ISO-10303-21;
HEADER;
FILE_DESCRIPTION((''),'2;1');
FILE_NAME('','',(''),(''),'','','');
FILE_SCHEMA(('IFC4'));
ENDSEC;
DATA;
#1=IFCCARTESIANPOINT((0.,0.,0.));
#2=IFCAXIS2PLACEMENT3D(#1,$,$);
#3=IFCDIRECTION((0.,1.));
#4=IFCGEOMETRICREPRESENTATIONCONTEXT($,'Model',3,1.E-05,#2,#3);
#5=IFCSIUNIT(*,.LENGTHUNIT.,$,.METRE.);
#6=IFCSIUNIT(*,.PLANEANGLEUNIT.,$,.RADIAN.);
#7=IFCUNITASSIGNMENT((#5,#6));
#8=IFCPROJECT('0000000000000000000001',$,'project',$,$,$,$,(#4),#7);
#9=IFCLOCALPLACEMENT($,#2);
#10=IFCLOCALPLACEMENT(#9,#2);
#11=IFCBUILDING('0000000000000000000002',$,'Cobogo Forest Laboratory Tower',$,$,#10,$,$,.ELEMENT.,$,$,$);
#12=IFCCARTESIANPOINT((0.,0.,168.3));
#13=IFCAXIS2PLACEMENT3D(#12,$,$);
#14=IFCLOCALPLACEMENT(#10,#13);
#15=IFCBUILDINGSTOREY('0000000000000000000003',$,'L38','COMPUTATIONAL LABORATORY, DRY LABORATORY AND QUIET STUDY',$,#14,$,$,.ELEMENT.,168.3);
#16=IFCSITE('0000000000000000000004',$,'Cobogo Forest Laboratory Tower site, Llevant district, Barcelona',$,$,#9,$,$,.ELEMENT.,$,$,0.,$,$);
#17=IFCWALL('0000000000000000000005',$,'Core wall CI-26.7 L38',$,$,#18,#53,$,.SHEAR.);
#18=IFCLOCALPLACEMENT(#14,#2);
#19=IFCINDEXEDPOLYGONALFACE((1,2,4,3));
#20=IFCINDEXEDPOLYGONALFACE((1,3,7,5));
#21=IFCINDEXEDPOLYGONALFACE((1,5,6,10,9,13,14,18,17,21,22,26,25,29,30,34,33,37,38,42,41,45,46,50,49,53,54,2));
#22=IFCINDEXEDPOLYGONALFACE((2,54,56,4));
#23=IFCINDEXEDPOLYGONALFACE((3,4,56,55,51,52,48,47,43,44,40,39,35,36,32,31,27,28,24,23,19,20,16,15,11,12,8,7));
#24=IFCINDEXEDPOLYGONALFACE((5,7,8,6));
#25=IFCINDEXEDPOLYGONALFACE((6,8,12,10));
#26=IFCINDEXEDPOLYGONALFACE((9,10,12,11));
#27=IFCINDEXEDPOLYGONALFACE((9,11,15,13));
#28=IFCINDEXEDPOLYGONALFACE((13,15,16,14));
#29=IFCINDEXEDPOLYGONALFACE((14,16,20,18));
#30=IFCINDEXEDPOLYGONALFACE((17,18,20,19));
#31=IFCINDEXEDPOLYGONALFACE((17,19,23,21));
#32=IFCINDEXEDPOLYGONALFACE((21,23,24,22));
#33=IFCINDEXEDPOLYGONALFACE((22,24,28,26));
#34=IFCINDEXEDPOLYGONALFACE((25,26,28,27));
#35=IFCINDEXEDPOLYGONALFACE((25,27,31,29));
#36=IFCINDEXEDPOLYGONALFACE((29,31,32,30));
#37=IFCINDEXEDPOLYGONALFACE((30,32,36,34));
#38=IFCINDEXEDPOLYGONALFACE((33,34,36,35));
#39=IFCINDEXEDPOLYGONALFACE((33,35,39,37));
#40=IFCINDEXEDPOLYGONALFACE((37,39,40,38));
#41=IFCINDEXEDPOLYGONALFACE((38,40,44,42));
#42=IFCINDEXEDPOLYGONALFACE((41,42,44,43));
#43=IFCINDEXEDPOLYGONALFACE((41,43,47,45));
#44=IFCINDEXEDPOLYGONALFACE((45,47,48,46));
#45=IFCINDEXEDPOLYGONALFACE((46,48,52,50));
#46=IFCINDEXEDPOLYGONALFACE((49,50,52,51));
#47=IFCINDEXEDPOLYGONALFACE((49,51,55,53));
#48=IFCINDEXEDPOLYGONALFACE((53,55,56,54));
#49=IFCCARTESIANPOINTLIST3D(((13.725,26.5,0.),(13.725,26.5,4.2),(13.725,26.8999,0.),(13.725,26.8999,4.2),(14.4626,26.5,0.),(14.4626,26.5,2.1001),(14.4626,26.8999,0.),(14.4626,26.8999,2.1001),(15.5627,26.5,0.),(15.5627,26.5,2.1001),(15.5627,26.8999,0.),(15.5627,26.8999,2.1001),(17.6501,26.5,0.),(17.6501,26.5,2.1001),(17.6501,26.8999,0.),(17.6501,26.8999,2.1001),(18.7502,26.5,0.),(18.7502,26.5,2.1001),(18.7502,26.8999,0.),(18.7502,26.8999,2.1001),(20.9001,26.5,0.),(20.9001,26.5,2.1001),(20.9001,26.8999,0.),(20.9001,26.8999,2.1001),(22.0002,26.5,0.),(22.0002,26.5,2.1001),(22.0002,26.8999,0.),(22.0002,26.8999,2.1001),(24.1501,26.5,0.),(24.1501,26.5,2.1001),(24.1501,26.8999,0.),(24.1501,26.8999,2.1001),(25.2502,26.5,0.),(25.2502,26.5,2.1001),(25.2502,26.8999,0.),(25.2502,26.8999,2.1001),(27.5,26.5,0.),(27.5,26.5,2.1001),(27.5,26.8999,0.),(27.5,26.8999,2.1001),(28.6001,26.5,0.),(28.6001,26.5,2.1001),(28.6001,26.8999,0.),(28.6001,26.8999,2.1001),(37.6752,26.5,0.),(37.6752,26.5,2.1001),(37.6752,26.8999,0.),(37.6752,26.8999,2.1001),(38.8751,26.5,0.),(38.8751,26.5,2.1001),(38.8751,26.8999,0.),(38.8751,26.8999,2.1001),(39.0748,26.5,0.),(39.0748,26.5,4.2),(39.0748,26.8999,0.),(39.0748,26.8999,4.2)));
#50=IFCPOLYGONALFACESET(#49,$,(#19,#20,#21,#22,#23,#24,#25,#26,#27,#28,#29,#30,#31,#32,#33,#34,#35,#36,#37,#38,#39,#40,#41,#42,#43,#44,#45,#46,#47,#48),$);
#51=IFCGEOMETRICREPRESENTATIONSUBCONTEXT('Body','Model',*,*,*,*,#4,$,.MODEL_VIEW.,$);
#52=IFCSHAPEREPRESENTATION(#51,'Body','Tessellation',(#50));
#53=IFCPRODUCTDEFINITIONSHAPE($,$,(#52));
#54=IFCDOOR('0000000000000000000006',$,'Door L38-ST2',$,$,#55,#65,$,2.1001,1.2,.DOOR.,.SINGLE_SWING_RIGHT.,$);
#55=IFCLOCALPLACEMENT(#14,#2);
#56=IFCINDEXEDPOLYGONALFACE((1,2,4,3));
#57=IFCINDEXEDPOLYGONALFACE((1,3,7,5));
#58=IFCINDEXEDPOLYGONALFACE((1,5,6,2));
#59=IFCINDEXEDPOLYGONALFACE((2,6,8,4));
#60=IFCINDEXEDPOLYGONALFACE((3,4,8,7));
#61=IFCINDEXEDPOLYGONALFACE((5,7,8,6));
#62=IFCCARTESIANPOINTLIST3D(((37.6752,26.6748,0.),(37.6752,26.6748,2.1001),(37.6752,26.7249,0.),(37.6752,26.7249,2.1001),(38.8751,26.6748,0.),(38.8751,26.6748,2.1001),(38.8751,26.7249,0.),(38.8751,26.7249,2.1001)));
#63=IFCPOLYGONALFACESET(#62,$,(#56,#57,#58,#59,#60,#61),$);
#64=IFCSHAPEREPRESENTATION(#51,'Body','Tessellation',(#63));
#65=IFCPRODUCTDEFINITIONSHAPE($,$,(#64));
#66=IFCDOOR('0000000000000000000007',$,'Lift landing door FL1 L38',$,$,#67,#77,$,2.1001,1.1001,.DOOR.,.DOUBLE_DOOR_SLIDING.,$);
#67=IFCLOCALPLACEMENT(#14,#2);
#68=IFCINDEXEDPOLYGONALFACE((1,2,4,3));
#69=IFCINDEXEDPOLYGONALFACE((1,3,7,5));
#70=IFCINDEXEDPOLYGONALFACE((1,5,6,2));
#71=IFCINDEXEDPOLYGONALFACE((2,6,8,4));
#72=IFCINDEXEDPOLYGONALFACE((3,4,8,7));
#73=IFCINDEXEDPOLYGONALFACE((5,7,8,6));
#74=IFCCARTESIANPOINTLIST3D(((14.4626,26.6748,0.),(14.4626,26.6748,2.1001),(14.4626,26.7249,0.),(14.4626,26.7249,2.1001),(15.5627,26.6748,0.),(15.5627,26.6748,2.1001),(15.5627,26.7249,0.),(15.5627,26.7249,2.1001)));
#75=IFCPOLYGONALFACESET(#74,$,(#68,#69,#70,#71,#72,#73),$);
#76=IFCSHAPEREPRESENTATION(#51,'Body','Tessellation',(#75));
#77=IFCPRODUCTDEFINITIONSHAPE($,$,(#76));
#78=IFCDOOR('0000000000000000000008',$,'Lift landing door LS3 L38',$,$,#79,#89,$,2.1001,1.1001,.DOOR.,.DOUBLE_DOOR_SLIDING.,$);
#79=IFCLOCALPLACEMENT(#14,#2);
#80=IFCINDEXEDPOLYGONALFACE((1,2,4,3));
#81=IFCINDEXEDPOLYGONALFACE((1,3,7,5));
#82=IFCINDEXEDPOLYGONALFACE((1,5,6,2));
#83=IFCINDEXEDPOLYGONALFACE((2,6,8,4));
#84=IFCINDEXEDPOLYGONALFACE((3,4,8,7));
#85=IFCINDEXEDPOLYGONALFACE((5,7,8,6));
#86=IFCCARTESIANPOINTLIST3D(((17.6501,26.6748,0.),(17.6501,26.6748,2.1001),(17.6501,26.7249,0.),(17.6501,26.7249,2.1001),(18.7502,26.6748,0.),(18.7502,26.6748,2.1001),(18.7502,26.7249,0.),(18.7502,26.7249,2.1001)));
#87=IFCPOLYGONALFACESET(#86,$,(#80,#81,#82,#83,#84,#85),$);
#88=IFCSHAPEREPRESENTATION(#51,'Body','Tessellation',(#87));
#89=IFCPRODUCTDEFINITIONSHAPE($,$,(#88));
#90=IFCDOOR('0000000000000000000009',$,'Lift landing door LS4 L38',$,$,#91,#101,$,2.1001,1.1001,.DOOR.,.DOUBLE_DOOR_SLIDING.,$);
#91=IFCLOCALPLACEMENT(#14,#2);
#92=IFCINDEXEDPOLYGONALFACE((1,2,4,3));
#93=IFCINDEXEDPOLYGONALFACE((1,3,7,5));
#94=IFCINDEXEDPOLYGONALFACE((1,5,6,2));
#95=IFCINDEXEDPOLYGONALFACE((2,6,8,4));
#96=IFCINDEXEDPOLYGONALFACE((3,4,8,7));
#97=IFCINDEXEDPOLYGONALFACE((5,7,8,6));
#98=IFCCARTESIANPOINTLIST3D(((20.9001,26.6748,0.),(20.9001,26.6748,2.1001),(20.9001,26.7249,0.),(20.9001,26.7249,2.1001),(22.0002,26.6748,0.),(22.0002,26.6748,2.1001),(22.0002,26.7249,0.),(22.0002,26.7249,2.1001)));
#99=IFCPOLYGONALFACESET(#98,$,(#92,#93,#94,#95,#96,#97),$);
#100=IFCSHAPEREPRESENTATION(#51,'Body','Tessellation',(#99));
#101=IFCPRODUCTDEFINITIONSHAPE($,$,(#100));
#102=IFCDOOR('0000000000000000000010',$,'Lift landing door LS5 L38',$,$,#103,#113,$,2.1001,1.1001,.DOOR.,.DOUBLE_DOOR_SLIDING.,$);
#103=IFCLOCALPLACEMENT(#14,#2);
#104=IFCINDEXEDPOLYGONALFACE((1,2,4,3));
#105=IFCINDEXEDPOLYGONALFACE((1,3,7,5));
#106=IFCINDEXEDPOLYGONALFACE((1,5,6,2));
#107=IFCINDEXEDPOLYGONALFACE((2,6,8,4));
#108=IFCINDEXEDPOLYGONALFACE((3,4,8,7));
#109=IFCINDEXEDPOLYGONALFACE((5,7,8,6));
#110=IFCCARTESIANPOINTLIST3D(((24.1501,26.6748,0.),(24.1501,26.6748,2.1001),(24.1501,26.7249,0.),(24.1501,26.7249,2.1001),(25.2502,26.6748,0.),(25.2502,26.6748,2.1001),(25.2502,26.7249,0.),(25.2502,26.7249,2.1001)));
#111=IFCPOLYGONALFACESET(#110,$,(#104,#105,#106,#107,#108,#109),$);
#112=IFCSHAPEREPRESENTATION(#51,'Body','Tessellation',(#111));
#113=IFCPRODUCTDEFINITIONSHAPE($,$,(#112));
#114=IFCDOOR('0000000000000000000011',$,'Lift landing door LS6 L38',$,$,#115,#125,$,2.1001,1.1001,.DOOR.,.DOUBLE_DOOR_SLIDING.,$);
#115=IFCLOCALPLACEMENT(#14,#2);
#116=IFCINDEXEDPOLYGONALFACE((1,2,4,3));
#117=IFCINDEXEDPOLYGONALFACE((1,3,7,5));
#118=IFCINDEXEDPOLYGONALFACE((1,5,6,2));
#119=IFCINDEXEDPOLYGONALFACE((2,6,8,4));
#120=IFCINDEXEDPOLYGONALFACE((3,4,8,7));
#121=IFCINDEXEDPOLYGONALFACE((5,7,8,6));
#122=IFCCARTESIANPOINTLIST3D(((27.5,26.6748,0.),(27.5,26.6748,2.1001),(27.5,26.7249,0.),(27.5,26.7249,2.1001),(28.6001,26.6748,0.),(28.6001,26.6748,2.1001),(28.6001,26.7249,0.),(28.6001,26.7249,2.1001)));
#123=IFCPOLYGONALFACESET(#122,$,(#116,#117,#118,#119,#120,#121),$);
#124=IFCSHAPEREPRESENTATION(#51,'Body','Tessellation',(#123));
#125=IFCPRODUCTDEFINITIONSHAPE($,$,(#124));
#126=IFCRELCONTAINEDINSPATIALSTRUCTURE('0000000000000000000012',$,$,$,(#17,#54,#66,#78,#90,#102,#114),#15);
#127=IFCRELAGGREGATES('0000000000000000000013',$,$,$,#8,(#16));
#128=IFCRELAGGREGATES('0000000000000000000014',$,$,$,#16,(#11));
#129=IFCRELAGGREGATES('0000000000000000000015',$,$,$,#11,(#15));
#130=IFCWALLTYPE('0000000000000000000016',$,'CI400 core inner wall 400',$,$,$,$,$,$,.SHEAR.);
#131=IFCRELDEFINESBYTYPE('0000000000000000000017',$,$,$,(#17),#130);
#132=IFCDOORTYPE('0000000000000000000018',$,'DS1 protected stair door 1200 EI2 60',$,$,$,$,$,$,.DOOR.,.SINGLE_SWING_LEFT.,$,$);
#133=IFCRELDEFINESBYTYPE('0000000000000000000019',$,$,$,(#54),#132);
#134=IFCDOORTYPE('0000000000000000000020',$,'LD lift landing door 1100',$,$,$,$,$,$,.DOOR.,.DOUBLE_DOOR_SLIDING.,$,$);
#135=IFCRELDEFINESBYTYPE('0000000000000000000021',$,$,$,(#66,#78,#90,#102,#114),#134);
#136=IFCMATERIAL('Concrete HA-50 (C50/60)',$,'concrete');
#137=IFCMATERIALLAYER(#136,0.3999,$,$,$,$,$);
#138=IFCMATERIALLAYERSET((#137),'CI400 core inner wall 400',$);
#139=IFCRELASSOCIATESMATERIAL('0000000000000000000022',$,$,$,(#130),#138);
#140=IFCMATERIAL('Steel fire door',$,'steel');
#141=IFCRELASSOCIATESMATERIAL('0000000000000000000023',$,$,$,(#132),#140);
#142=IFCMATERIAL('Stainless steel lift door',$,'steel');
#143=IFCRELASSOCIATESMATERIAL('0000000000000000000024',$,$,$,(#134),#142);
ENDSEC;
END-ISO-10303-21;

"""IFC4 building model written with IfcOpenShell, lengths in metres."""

from ifc_helpers import new_model, si_unit, direction, frame, frame_2d, origin, place, context, subcontext, project, spatial, rectangle, extrude, material, layer, layer_set, type_object, element, fill, save


model = new_model("IFC4")

# Units and contexts
model_context = context("Model", 3, precision=1e-05, world=origin(), true_north=direction((0.0, 1.0)))
body_context = subcontext(model_context, "Body", "Model", "MODEL_VIEW")
ifc_project = project(units=[si_unit("LENGTHUNIT", "METRE"), si_unit("PLANEANGLEUNIT", "RADIAN")], contexts=[model_context])

# Site, building, storey
site_placement = place(None, origin())
site = spatial("IfcSite", under=ifc_project, at=site_placement, Name="Cobogo Forest Laboratory Tower site, Llevant district, Barcelona", CompositionType="ELEMENT", RefElevation=0.0)
building_placement = place(site_placement, origin())
building = spatial("IfcBuilding", under=site, at=building_placement, Name="Cobogo Forest Laboratory Tower", CompositionType="ELEMENT")
storey_placement = place(building_placement, frame((0.0, 0.0, 168.3)))
storey = spatial("IfcBuildingStorey", under=building, at=storey_placement, Name="L38", Description="COMPUTATIONAL LABORATORY, DRY LABORATORY AND QUIET STUDY", CompositionType="ELEMENT", Elevation=168.3)

# Shared definitions
ifc_material_1 = material(Name="Concrete HA-50 (C50/60)", Category="concrete")

# Wall, openings, doors
ifc_layer_1 = layer(ifc_material_1, 0.3999)
ifc_layer_set_1 = layer_set([ifc_layer_1], Name="CI400 core inner wall 400")
wall_type_1 = type_object("IfcWallType", Name="CI400 core inner wall 400", PredefinedType="SHEAR", material=ifc_layer_set_1)
wall_1_placement = place(storey_placement, frame((13.7251, 26.7, 0.0), z_axis=(0.0, 0.0, 1.0), x_axis=(1.0, 0.0, 0.0)))
wall_1 = element("IfcWall", 1, at=wall_1_placement, inside=storey, type_object=wall_type_1, Name="Core wall CI-26.7 L38", PredefinedType="SHEAR", context=body_context, shape_type="SweptSolid", body=[
    extrude(rectangle(XDim=25.3499, YDim=0.3999, at=frame_2d((12.6748, 0.0))), origin(), (0.0, 0.0, 1.0), 4.2),
])
opening_1_placement = place(wall_1_placement, frame((23.95, 0.0, 0.0)))
opening_1 = element("IfcOpeningElement", 2, at=opening_1_placement, cuts=wall_1, PredefinedType="OPENING", context=body_context, shape_type="SweptSolid", body=[
    extrude(rectangle(XDim=1.2, YDim=2.1001, at=frame_2d((0.6001, 1.05))), frame((0.0, 0.21, 0.0), z_axis=(0.0, -1.0, 0.0), x_axis=(1.0, 0.0, 0.0)), (0.0, 0.0, 1.0), 0.4199),
])
opening_2_placement = place(wall_1_placement, frame((0.7375, 0.0, 0.0)))
opening_2 = element("IfcOpeningElement", 3, at=opening_2_placement, cuts=wall_1, PredefinedType="OPENING", context=body_context, shape_type="SweptSolid", body=[
    extrude(rectangle(XDim=1.1001, YDim=2.1001, at=frame_2d((0.55, 1.05))), frame((0.0, 0.21, 0.0), z_axis=(0.0, -1.0, 0.0), x_axis=(1.0, 0.0, 0.0)), (0.0, 0.0, 1.0), 0.4199),
])
opening_3_placement = place(wall_1_placement, frame((3.925, 0.0, 0.0)))
opening_3 = element("IfcOpeningElement", 4, at=opening_3_placement, cuts=wall_1, PredefinedType="OPENING", context=body_context, shape_type="SweptSolid", body=[
    extrude(rectangle(XDim=1.1001, YDim=2.1001, at=frame_2d((0.55, 1.05))), frame((0.0, 0.21, 0.0), z_axis=(0.0, -1.0, 0.0), x_axis=(1.0, 0.0, 0.0)), (0.0, 0.0, 1.0), 0.4199),
])
opening_4_placement = place(wall_1_placement, frame((7.175, 0.0, 0.0)))
opening_4 = element("IfcOpeningElement", 5, at=opening_4_placement, cuts=wall_1, PredefinedType="OPENING", context=body_context, shape_type="SweptSolid", body=[
    extrude(rectangle(XDim=1.1001, YDim=2.1001, at=frame_2d((0.55, 1.05))), frame((0.0, 0.21, 0.0), z_axis=(0.0, -1.0, 0.0), x_axis=(1.0, 0.0, 0.0)), (0.0, 0.0, 1.0), 0.4199),
])
opening_5_placement = place(wall_1_placement, frame((10.425, 0.0, 0.0)))
opening_5 = element("IfcOpeningElement", 6, at=opening_5_placement, cuts=wall_1, PredefinedType="OPENING", context=body_context, shape_type="SweptSolid", body=[
    extrude(rectangle(XDim=1.1001, YDim=2.1001, at=frame_2d((0.55, 1.05))), frame((0.0, 0.21, 0.0), z_axis=(0.0, -1.0, 0.0), x_axis=(1.0, 0.0, 0.0)), (0.0, 0.0, 1.0), 0.4199),
])
opening_6_placement = place(wall_1_placement, frame((13.7749, 0.0, 0.0)))
opening_6 = element("IfcOpeningElement", 7, at=opening_6_placement, cuts=wall_1, PredefinedType="OPENING", context=body_context, shape_type="SweptSolid", body=[
    extrude(rectangle(XDim=1.1001, YDim=2.1001, at=frame_2d((0.55, 1.05))), frame((0.0, 0.21, 0.0), z_axis=(0.0, -1.0, 0.0), x_axis=(1.0, 0.0, 0.0)), (0.0, 0.0, 1.0), 0.4199),
])
ifc_material_2 = material(Name="Steel fire door", Category="steel")
door_type_1 = type_object("IfcDoorType", Name="DS1 protected stair door 1200 EI2 60", OperationType="SINGLE_SWING_LEFT", PredefinedType="DOOR", material=ifc_material_2)
door_1_placement = place(opening_1_placement, origin())
door_1 = element("IfcDoor", 8, at=door_1_placement, inside=storey, type_object=door_type_1, Name="Door L38-ST2", OperationType="SINGLE_SWING_RIGHT", OverallHeight=2.1001, OverallWidth=1.2, PredefinedType="DOOR", context=body_context, shape_type="SweptSolid", body=[
    extrude(rectangle(XDim=1.2, YDim=2.1001, at=frame_2d((0.6001, 1.05))), frame((0.0, 0.0249, 0.0), z_axis=(0.0, -1.0, 0.0), x_axis=(1.0, 0.0, 0.0)), (0.0, 0.0, 1.0), 0.05),
])
fill(opening_1, door_1)
ifc_material_3 = material(Name="Stainless steel lift door", Category="steel")
door_type_2 = type_object("IfcDoorType", Name="LD lift landing door 1100", OperationType="DOUBLE_DOOR_SLIDING", PredefinedType="DOOR", material=ifc_material_3)
door_2_placement = place(opening_2_placement, origin())
door_2 = element("IfcDoor", 9, at=door_2_placement, inside=storey, type_object=door_type_2, Name="Lift landing door FL1 L38", OperationType="DOUBLE_DOOR_SLIDING", OverallHeight=2.1001, OverallWidth=1.1001, PredefinedType="DOOR", context=body_context, shape_type="SweptSolid", body=[
    extrude(rectangle(XDim=1.1001, YDim=2.1001, at=frame_2d((0.55, 1.05))), frame((0.0, 0.0249, 0.0), z_axis=(0.0, -1.0, 0.0), x_axis=(1.0, 0.0, 0.0)), (0.0, 0.0, 1.0), 0.05),
])
fill(opening_2, door_2)
door_3_placement = place(opening_3_placement, origin())
door_3 = element("IfcDoor", 10, at=door_3_placement, inside=storey, type_object=door_type_2, Name="Lift landing door LS3 L38", OperationType="DOUBLE_DOOR_SLIDING", OverallHeight=2.1001, OverallWidth=1.1001, PredefinedType="DOOR", context=body_context, shape_type="SweptSolid", body=[
    extrude(rectangle(XDim=1.1001, YDim=2.1001, at=frame_2d((0.55, 1.05))), frame((0.0, 0.0249, 0.0), z_axis=(0.0, -1.0, 0.0), x_axis=(1.0, 0.0, 0.0)), (0.0, 0.0, 1.0), 0.05),
])
fill(opening_3, door_3)
door_4_placement = place(opening_4_placement, origin())
door_4 = element("IfcDoor", 11, at=door_4_placement, inside=storey, type_object=door_type_2, Name="Lift landing door LS4 L38", OperationType="DOUBLE_DOOR_SLIDING", OverallHeight=2.1001, OverallWidth=1.1001, PredefinedType="DOOR", context=body_context, shape_type="SweptSolid", body=[
    extrude(rectangle(XDim=1.1001, YDim=2.1001, at=frame_2d((0.55, 1.05))), frame((0.0, 0.0249, 0.0), z_axis=(0.0, -1.0, 0.0), x_axis=(1.0, 0.0, 0.0)), (0.0, 0.0, 1.0), 0.05),
])
fill(opening_4, door_4)
door_5_placement = place(opening_5_placement, origin())
door_5 = element("IfcDoor", 12, at=door_5_placement, inside=storey, type_object=door_type_2, Name="Lift landing door LS5 L38", OperationType="DOUBLE_DOOR_SLIDING", OverallHeight=2.1001, OverallWidth=1.1001, PredefinedType="DOOR", context=body_context, shape_type="SweptSolid", body=[
    extrude(rectangle(XDim=1.1001, YDim=2.1001, at=frame_2d((0.55, 1.05))), frame((0.0, 0.0249, 0.0), z_axis=(0.0, -1.0, 0.0), x_axis=(1.0, 0.0, 0.0)), (0.0, 0.0, 1.0), 0.05),
])
fill(opening_5, door_5)
door_6_placement = place(opening_6_placement, origin())
door_6 = element("IfcDoor", 13, at=door_6_placement, inside=storey, type_object=door_type_2, Name="Lift landing door LS6 L38", OperationType="DOUBLE_DOOR_SLIDING", OverallHeight=2.1001, OverallWidth=1.1001, PredefinedType="DOOR", context=body_context, shape_type="SweptSolid", body=[
    extrude(rectangle(XDim=1.1001, YDim=2.1001, at=frame_2d((0.55, 1.05))), frame((0.0, 0.0249, 0.0), z_axis=(0.0, -1.0, 0.0), x_axis=(1.0, 0.0, 0.0)), (0.0, 0.0, 1.0), 0.05),
])
fill(opening_6, door_6)

save(model, "model.ifc")
